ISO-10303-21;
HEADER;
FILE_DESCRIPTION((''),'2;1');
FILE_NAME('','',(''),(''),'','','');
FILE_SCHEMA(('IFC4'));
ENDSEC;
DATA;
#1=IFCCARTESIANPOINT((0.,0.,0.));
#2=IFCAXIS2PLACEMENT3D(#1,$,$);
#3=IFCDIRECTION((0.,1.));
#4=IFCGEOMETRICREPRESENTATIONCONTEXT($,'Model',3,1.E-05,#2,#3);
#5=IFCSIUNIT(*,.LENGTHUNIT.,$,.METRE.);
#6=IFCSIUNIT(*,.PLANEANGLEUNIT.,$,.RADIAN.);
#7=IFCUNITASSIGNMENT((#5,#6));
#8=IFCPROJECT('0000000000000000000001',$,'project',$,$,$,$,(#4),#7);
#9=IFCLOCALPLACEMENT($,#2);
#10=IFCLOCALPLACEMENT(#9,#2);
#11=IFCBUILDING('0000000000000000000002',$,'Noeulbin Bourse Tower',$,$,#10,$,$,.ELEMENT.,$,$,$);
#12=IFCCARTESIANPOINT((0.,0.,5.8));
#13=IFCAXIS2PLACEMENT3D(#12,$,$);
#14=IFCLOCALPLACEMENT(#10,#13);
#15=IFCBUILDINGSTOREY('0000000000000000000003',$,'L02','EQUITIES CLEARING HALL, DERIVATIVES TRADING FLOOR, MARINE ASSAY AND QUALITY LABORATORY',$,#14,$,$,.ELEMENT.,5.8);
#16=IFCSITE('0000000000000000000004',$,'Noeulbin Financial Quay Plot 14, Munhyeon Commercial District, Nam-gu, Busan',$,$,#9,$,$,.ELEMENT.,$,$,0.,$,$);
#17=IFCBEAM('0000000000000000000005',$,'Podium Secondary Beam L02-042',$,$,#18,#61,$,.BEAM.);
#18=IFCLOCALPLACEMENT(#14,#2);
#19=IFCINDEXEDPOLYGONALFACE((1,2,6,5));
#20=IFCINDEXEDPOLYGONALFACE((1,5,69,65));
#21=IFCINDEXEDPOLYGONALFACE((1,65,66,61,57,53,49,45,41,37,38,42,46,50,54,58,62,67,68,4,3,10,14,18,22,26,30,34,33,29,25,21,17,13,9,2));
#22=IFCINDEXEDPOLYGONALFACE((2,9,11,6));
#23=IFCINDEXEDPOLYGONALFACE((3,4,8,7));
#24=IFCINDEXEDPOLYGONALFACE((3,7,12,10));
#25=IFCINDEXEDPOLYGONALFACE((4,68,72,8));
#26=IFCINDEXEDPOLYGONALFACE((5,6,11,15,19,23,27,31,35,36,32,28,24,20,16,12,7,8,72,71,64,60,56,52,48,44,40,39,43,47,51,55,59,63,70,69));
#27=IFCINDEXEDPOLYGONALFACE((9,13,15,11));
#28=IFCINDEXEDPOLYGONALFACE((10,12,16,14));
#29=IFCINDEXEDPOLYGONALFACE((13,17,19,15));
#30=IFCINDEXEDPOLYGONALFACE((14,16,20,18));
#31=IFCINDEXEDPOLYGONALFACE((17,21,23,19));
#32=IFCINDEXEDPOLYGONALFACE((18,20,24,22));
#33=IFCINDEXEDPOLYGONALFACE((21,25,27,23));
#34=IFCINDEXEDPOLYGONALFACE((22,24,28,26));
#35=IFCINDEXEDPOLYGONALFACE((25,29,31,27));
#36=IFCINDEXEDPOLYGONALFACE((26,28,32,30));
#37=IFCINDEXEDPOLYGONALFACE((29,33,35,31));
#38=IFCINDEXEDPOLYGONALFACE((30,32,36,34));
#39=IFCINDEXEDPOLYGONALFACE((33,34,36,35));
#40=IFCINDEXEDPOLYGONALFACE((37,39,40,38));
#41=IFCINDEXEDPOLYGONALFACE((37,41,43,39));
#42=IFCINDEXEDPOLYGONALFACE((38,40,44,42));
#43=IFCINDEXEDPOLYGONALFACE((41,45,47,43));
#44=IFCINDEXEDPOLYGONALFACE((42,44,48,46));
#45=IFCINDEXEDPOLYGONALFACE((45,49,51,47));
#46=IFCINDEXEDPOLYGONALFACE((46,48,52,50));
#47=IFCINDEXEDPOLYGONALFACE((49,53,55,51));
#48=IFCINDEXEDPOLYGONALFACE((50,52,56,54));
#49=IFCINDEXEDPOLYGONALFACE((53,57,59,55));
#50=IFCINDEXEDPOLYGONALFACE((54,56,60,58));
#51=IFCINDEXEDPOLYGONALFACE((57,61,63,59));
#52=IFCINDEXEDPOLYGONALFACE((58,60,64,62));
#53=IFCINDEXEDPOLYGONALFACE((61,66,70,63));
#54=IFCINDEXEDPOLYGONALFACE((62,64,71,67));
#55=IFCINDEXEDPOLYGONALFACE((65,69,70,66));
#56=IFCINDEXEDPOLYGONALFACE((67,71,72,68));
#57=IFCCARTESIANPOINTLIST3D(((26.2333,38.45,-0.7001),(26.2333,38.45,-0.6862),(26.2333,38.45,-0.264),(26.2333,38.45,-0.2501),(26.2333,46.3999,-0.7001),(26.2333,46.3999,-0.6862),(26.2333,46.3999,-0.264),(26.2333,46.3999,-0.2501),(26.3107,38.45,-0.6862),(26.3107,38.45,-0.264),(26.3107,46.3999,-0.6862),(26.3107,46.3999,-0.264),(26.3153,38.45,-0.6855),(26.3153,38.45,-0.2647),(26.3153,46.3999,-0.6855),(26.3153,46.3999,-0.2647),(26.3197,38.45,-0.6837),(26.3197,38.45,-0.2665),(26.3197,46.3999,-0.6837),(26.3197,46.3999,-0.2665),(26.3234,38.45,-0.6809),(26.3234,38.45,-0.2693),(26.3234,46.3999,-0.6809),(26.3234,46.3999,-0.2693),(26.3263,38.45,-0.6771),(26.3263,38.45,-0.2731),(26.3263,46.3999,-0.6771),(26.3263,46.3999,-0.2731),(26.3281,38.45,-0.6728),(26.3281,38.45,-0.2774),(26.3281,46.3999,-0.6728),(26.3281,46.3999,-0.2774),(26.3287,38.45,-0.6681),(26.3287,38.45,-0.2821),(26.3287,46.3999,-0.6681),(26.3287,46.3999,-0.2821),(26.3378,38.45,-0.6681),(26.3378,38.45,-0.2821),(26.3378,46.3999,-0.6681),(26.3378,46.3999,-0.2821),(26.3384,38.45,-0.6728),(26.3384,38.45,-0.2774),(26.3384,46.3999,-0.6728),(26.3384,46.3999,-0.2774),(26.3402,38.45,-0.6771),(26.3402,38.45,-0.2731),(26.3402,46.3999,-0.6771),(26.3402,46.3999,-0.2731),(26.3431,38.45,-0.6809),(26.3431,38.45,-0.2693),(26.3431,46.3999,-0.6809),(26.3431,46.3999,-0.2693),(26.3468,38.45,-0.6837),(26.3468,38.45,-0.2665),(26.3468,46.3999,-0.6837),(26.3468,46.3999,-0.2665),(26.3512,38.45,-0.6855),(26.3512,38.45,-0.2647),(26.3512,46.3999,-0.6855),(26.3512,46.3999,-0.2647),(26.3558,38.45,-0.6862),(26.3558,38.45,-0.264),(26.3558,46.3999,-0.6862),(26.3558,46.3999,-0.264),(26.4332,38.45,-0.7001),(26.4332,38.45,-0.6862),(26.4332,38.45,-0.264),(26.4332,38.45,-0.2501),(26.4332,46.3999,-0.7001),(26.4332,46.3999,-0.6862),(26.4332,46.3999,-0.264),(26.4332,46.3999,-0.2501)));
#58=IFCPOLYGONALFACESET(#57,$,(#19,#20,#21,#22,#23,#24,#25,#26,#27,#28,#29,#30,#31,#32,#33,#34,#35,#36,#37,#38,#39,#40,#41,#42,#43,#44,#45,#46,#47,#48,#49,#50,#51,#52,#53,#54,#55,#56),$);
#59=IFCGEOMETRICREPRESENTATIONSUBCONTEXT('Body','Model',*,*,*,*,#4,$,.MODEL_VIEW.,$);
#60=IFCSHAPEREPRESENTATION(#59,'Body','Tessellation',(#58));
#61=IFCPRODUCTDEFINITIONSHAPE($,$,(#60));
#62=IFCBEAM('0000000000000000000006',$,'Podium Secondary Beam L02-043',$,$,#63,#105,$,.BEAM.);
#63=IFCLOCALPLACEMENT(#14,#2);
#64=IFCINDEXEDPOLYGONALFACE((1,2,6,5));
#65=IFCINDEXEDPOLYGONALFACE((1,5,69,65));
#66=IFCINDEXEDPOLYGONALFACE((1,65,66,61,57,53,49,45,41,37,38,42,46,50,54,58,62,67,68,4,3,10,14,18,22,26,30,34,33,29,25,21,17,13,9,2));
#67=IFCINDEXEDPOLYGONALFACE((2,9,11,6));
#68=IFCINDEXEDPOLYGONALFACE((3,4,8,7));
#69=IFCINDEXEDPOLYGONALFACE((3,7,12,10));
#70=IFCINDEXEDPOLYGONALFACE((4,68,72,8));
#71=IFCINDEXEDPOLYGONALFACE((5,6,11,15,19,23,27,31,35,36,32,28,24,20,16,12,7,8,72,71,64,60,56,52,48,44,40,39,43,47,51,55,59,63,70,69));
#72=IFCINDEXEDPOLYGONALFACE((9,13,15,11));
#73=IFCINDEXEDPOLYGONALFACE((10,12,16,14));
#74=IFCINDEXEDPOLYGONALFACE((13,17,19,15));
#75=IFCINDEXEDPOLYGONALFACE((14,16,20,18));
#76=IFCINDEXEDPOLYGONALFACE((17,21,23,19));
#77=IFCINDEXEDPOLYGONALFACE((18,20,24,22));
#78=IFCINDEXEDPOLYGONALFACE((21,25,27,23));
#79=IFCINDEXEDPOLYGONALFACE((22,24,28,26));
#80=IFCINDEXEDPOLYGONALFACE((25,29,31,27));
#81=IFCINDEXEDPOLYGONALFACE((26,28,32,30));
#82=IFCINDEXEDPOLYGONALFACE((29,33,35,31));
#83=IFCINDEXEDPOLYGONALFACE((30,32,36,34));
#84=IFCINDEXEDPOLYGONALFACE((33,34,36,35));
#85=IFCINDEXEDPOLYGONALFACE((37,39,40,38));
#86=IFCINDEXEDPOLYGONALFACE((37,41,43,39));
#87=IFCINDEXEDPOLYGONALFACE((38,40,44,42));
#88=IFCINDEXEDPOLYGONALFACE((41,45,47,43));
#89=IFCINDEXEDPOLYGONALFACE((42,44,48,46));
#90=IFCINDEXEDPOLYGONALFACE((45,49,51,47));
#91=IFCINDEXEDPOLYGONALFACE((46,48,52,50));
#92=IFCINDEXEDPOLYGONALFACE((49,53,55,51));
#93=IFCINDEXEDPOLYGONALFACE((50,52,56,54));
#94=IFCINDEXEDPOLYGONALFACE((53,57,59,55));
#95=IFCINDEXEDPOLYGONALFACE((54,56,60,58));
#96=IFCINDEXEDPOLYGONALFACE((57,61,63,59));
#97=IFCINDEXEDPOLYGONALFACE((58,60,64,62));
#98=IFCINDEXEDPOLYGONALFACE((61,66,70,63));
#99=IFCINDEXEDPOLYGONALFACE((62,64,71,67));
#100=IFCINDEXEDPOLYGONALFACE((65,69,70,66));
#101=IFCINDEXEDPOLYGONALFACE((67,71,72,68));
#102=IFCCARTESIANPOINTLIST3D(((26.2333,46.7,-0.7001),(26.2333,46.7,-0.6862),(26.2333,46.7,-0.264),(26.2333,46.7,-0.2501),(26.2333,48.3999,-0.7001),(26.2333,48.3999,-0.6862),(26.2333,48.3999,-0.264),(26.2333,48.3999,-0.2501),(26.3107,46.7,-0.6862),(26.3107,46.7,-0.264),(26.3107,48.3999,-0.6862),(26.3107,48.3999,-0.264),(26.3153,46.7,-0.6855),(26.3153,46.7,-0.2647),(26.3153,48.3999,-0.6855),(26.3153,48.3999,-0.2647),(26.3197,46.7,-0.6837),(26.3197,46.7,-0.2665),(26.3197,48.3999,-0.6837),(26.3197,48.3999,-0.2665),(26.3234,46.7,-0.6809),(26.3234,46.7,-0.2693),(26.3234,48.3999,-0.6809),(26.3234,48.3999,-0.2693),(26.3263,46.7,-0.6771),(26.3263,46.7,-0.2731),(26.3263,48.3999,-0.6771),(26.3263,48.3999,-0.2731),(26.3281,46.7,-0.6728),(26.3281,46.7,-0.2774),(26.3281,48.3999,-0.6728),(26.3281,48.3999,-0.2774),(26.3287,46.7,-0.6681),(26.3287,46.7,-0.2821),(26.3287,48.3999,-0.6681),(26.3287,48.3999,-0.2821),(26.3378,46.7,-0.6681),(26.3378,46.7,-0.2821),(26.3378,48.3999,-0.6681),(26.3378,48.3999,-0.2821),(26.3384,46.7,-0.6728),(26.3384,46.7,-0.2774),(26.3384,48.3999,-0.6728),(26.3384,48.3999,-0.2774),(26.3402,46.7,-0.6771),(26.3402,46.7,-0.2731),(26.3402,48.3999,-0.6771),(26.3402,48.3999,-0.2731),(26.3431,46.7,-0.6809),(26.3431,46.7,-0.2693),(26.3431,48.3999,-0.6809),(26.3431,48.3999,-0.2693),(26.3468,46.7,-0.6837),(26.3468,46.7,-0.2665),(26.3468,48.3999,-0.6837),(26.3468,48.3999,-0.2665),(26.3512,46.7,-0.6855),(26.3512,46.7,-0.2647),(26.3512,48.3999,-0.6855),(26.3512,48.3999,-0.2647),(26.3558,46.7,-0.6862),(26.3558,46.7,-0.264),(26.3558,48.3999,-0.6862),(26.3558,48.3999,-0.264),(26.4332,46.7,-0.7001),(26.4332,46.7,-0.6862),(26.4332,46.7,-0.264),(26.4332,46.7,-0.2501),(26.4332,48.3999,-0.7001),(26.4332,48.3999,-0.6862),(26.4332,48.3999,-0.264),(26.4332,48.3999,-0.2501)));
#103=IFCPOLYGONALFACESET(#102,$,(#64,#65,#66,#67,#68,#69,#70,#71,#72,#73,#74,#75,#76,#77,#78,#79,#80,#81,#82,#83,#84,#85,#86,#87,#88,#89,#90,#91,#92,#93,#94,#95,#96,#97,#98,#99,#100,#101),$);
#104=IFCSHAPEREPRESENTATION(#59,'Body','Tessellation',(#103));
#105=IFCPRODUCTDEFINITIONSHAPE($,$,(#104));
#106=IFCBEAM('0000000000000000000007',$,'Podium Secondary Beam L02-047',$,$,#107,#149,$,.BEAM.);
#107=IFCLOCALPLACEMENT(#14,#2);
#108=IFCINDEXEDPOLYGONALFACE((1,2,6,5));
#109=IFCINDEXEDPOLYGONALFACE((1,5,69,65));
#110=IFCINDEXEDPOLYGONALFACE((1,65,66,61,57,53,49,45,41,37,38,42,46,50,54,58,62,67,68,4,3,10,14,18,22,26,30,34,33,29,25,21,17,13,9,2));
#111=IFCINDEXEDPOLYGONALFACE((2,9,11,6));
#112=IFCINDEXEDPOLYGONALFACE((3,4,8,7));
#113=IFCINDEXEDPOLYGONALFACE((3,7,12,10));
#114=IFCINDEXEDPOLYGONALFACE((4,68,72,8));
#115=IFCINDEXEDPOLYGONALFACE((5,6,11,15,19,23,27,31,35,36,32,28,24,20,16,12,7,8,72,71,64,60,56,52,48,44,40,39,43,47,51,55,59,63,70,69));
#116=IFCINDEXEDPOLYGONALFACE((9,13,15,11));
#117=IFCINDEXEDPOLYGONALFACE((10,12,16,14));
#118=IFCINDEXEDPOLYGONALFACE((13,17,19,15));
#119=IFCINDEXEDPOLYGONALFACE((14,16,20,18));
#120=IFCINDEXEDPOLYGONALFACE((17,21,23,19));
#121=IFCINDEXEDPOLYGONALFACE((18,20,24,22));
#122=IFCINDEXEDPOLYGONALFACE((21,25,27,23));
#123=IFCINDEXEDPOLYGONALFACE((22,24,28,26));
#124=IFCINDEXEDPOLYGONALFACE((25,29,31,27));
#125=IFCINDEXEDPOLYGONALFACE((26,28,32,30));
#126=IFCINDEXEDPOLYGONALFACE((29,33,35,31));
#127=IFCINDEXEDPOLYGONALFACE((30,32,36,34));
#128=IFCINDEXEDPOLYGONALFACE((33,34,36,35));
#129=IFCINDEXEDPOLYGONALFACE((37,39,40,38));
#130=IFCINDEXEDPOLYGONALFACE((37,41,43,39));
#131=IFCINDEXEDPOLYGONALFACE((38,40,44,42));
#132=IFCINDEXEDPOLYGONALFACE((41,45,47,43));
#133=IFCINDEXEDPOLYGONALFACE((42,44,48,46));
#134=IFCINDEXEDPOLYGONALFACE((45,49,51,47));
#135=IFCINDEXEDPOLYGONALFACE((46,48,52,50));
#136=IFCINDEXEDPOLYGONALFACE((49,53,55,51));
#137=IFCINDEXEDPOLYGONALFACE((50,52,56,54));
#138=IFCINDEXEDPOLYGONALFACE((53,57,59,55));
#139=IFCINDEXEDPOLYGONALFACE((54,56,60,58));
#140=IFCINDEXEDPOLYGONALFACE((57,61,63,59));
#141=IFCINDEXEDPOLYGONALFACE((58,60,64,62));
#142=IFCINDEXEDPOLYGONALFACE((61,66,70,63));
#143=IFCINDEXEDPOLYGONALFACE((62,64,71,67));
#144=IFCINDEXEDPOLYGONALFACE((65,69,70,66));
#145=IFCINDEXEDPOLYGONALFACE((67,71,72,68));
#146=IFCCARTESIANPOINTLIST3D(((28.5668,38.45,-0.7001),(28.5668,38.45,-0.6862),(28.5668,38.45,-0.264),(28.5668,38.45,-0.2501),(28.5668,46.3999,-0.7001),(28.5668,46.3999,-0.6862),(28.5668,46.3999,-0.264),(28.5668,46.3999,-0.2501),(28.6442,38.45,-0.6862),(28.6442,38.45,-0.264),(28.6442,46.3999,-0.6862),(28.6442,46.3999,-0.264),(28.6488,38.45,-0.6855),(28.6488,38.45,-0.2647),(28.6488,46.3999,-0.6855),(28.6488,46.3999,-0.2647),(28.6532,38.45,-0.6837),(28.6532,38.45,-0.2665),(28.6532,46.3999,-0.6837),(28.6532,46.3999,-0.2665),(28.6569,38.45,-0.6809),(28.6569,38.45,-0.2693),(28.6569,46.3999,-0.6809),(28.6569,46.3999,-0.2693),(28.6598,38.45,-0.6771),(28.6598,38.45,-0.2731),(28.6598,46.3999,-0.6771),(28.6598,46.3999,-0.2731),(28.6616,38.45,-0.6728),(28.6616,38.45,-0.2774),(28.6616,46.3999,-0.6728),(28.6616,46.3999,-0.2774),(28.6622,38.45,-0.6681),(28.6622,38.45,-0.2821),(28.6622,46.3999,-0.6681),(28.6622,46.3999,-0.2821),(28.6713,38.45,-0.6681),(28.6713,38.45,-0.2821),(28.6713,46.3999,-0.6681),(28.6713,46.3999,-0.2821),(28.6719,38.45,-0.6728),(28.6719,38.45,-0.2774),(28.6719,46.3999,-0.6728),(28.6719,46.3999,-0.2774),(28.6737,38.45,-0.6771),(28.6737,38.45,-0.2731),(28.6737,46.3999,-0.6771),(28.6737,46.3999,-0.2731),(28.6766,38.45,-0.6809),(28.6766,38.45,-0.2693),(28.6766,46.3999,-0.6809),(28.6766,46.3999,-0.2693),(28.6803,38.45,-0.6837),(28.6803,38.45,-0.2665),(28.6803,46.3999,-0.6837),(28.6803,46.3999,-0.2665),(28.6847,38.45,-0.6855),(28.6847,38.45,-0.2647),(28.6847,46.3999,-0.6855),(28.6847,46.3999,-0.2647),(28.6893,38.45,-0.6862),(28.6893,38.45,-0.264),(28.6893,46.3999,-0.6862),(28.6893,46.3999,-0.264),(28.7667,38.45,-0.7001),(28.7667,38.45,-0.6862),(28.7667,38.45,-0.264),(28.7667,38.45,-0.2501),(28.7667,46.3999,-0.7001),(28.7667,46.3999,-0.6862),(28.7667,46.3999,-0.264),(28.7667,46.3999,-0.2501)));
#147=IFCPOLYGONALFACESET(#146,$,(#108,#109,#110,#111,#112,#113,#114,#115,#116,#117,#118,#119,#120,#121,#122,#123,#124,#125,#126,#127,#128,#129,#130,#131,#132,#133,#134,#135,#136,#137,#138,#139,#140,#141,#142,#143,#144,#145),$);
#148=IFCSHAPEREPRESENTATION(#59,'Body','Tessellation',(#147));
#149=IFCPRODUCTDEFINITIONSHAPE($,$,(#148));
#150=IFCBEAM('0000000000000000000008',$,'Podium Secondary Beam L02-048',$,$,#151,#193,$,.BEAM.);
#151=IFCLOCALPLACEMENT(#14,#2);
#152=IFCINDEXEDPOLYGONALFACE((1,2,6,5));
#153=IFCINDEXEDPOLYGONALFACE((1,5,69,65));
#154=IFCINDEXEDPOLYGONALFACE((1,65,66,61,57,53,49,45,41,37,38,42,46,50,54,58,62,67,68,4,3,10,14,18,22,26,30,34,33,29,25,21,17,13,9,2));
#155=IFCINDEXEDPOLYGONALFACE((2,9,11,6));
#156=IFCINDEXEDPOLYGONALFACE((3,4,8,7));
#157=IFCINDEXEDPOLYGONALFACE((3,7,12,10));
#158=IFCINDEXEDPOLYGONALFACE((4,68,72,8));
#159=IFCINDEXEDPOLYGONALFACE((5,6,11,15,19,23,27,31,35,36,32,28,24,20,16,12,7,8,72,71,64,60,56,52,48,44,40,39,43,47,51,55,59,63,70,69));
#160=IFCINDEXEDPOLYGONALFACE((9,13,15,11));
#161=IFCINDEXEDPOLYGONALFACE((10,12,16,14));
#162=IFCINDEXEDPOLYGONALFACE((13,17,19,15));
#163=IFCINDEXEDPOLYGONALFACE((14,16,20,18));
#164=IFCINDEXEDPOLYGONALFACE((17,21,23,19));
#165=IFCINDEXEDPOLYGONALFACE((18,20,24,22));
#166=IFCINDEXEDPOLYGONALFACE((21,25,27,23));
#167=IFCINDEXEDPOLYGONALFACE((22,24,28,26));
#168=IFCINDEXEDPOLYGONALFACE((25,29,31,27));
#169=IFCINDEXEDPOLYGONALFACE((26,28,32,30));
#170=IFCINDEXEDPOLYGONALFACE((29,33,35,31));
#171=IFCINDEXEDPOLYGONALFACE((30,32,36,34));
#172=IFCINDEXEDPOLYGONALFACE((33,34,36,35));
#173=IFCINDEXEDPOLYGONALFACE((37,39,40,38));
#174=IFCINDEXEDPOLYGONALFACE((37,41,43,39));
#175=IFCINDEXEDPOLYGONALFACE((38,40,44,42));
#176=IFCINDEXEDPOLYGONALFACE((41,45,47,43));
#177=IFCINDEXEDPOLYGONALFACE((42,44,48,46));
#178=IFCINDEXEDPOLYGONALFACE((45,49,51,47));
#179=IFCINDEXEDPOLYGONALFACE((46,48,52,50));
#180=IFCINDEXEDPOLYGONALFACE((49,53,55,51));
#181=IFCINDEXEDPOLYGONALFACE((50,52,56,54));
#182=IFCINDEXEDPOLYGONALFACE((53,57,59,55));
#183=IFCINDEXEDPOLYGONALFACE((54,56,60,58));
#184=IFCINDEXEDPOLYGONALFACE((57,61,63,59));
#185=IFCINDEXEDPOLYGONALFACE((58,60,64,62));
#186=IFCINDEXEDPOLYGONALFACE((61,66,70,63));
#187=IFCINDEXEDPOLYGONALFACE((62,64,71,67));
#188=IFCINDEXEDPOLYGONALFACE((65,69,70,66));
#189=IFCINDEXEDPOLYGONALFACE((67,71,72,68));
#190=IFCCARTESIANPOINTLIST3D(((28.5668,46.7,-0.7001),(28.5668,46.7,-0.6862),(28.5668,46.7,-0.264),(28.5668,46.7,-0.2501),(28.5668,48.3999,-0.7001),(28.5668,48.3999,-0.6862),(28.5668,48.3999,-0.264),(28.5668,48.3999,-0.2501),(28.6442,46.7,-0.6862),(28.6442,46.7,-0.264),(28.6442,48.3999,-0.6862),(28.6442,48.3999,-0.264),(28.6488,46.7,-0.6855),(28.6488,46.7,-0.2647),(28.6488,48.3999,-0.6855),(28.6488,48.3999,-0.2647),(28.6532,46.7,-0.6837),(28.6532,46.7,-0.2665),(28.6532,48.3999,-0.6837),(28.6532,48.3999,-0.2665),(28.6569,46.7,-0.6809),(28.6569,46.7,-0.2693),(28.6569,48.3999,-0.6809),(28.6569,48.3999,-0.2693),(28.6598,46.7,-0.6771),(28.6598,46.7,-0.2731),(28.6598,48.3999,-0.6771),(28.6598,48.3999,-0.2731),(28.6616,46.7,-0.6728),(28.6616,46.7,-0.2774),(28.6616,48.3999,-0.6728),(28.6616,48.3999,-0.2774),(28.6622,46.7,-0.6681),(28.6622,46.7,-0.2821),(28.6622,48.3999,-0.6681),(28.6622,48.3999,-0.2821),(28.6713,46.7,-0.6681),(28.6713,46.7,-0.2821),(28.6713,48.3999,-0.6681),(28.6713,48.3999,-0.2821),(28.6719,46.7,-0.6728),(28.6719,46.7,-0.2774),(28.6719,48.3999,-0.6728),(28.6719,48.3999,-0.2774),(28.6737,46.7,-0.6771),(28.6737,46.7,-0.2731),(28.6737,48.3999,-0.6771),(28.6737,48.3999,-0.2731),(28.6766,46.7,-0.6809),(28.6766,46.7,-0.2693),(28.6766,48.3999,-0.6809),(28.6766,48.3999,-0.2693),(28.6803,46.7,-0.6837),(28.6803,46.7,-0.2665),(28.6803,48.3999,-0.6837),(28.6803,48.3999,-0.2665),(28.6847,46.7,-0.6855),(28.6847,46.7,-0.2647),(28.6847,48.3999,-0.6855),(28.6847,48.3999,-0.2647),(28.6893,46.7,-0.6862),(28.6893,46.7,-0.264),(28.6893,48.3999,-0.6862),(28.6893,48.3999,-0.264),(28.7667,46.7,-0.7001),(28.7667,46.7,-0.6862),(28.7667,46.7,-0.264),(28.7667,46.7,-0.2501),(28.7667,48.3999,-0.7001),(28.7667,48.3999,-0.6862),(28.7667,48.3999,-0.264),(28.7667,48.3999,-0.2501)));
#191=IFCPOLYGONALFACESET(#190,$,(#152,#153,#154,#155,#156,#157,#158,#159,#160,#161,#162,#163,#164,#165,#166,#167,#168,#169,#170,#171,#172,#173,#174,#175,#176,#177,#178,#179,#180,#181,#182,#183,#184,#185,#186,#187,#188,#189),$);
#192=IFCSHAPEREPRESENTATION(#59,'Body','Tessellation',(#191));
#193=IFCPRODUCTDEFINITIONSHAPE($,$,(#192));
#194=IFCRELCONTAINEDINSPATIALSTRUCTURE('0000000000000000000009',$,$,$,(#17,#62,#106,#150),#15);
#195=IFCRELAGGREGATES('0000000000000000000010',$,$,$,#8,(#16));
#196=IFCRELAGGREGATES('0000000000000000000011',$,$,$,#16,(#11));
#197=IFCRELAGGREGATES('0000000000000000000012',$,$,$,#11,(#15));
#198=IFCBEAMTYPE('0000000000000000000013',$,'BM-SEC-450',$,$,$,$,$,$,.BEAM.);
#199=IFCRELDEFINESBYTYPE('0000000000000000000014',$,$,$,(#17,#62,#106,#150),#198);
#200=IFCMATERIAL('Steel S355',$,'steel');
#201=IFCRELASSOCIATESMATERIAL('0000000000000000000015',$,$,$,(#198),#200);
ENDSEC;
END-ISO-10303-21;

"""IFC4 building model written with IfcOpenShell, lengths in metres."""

from ifc_helpers import new_model, si_unit, direction, frame, origin, origin_2d, place, context, subcontext, project, spatial, i_section, extrude, material, material_profile, profile_set, type_object, element, save


model = new_model("IFC4")

# Units and contexts
model_context = context("Model", 3, precision=1e-05, world=origin(), true_north=direction((0.0, 1.0)))
body_context = subcontext(model_context, "Body", "Model", "MODEL_VIEW")
ifc_project = project(units=[si_unit("LENGTHUNIT", "METRE"), si_unit("PLANEANGLEUNIT", "RADIAN")], contexts=[model_context])

# Site, building, storey
site_placement = place(None, origin())
site = spatial("IfcSite", under=ifc_project, at=site_placement, Name="Noeulbin Financial Quay Plot 14, Munhyeon Commercial District, Nam-gu, Busan", CompositionType="ELEMENT", RefElevation=0.0)
building_placement = place(site_placement, origin())
building = spatial("IfcBuilding", under=site, at=building_placement, Name="Noeulbin Bourse Tower", CompositionType="ELEMENT")
storey_placement = place(building_placement, frame((0.0, 0.0, 5.8)))
storey = spatial("IfcBuildingStorey", under=building, at=storey_placement, Name="L02", Description="EQUITIES CLEARING HALL, DERIVATIVES TRADING FLOOR, MARINE ASSAY AND QUALITY LABORATORY", CompositionType="ELEMENT", Elevation=5.8)

# Beams
ifc_material_1 = material(Name="Steel S355", Category="steel")
ifc_material_profile_1 = material_profile(ifc_material_1, i_section(OverallWidth=0.2, OverallDepth=0.45, WebThickness=0.009, FlangeThickness=0.0139, FilletRadius=0.0181, at=origin_2d()), Name="H-450x200x9x14", Category="LoadBearing")
ifc_profile_set_1 = profile_set([ifc_material_profile_1], Name="Steel S355")
beam_type_1 = type_object("IfcBeamType", Name="BM-SEC-450", PredefinedType="BEAM", material=ifc_profile_set_1)
beam_1_placement = place(storey_placement, frame((26.3333, 38.45, -0.4751), z_axis=(0.0, 1.0, 0.0), x_axis=(-1.0, 0.0, 0.0)))
element("IfcBeam", 1, at=beam_1_placement, inside=storey, type_object=beam_type_1, Name="Podium Secondary Beam L02-042", PredefinedType="BEAM", context=body_context, shape_type="SweptSolid", body=[
    extrude(i_section(OverallWidth=0.2, OverallDepth=0.45, WebThickness=0.009, FlangeThickness=0.0139, FilletRadius=0.0181, at=origin_2d()), origin(), (0.0, 0.0, 1.0), 7.95),
])
beam_2_placement = place(storey_placement, frame((26.3333, 46.7, -0.4751), z_axis=(0.0, 1.0, 0.0), x_axis=(-1.0, 0.0, 0.0)))
element("IfcBeam", 2, at=beam_2_placement, inside=storey, type_object=beam_type_1, Name="Podium Secondary Beam L02-043", PredefinedType="BEAM", context=body_context, shape_type="SweptSolid", body=[
    extrude(i_section(OverallWidth=0.2, OverallDepth=0.45, WebThickness=0.009, FlangeThickness=0.0139, FilletRadius=0.0181, at=origin_2d()), origin(), (0.0, 0.0, 1.0), 1.7),
])
beam_3_placement = place(storey_placement, frame((28.6667, 38.45, -0.4751), z_axis=(0.0, 1.0, 0.0), x_axis=(-1.0, 0.0, 0.0)))
element("IfcBeam", 3, at=beam_3_placement, inside=storey, type_object=beam_type_1, Name="Podium Secondary Beam L02-047", PredefinedType="BEAM", context=body_context, shape_type="SweptSolid", body=[
    extrude(i_section(OverallWidth=0.2, OverallDepth=0.45, WebThickness=0.009, FlangeThickness=0.0139, FilletRadius=0.0181, at=origin_2d()), origin(), (0.0, 0.0, 1.0), 7.95),
])
beam_4_placement = place(storey_placement, frame((28.6667, 46.7, -0.4751), z_axis=(0.0, 1.0, 0.0), x_axis=(-1.0, 0.0, 0.0)))
element("IfcBeam", 4, at=beam_4_placement, inside=storey, type_object=beam_type_1, Name="Podium Secondary Beam L02-048", PredefinedType="BEAM", context=body_context, shape_type="SweptSolid", body=[
    extrude(i_section(OverallWidth=0.2, OverallDepth=0.45, WebThickness=0.009, FlangeThickness=0.0139, FilletRadius=0.0181, at=origin_2d()), origin(), (0.0, 0.0, 1.0), 1.7),
])

save(model, "model.ifc")
